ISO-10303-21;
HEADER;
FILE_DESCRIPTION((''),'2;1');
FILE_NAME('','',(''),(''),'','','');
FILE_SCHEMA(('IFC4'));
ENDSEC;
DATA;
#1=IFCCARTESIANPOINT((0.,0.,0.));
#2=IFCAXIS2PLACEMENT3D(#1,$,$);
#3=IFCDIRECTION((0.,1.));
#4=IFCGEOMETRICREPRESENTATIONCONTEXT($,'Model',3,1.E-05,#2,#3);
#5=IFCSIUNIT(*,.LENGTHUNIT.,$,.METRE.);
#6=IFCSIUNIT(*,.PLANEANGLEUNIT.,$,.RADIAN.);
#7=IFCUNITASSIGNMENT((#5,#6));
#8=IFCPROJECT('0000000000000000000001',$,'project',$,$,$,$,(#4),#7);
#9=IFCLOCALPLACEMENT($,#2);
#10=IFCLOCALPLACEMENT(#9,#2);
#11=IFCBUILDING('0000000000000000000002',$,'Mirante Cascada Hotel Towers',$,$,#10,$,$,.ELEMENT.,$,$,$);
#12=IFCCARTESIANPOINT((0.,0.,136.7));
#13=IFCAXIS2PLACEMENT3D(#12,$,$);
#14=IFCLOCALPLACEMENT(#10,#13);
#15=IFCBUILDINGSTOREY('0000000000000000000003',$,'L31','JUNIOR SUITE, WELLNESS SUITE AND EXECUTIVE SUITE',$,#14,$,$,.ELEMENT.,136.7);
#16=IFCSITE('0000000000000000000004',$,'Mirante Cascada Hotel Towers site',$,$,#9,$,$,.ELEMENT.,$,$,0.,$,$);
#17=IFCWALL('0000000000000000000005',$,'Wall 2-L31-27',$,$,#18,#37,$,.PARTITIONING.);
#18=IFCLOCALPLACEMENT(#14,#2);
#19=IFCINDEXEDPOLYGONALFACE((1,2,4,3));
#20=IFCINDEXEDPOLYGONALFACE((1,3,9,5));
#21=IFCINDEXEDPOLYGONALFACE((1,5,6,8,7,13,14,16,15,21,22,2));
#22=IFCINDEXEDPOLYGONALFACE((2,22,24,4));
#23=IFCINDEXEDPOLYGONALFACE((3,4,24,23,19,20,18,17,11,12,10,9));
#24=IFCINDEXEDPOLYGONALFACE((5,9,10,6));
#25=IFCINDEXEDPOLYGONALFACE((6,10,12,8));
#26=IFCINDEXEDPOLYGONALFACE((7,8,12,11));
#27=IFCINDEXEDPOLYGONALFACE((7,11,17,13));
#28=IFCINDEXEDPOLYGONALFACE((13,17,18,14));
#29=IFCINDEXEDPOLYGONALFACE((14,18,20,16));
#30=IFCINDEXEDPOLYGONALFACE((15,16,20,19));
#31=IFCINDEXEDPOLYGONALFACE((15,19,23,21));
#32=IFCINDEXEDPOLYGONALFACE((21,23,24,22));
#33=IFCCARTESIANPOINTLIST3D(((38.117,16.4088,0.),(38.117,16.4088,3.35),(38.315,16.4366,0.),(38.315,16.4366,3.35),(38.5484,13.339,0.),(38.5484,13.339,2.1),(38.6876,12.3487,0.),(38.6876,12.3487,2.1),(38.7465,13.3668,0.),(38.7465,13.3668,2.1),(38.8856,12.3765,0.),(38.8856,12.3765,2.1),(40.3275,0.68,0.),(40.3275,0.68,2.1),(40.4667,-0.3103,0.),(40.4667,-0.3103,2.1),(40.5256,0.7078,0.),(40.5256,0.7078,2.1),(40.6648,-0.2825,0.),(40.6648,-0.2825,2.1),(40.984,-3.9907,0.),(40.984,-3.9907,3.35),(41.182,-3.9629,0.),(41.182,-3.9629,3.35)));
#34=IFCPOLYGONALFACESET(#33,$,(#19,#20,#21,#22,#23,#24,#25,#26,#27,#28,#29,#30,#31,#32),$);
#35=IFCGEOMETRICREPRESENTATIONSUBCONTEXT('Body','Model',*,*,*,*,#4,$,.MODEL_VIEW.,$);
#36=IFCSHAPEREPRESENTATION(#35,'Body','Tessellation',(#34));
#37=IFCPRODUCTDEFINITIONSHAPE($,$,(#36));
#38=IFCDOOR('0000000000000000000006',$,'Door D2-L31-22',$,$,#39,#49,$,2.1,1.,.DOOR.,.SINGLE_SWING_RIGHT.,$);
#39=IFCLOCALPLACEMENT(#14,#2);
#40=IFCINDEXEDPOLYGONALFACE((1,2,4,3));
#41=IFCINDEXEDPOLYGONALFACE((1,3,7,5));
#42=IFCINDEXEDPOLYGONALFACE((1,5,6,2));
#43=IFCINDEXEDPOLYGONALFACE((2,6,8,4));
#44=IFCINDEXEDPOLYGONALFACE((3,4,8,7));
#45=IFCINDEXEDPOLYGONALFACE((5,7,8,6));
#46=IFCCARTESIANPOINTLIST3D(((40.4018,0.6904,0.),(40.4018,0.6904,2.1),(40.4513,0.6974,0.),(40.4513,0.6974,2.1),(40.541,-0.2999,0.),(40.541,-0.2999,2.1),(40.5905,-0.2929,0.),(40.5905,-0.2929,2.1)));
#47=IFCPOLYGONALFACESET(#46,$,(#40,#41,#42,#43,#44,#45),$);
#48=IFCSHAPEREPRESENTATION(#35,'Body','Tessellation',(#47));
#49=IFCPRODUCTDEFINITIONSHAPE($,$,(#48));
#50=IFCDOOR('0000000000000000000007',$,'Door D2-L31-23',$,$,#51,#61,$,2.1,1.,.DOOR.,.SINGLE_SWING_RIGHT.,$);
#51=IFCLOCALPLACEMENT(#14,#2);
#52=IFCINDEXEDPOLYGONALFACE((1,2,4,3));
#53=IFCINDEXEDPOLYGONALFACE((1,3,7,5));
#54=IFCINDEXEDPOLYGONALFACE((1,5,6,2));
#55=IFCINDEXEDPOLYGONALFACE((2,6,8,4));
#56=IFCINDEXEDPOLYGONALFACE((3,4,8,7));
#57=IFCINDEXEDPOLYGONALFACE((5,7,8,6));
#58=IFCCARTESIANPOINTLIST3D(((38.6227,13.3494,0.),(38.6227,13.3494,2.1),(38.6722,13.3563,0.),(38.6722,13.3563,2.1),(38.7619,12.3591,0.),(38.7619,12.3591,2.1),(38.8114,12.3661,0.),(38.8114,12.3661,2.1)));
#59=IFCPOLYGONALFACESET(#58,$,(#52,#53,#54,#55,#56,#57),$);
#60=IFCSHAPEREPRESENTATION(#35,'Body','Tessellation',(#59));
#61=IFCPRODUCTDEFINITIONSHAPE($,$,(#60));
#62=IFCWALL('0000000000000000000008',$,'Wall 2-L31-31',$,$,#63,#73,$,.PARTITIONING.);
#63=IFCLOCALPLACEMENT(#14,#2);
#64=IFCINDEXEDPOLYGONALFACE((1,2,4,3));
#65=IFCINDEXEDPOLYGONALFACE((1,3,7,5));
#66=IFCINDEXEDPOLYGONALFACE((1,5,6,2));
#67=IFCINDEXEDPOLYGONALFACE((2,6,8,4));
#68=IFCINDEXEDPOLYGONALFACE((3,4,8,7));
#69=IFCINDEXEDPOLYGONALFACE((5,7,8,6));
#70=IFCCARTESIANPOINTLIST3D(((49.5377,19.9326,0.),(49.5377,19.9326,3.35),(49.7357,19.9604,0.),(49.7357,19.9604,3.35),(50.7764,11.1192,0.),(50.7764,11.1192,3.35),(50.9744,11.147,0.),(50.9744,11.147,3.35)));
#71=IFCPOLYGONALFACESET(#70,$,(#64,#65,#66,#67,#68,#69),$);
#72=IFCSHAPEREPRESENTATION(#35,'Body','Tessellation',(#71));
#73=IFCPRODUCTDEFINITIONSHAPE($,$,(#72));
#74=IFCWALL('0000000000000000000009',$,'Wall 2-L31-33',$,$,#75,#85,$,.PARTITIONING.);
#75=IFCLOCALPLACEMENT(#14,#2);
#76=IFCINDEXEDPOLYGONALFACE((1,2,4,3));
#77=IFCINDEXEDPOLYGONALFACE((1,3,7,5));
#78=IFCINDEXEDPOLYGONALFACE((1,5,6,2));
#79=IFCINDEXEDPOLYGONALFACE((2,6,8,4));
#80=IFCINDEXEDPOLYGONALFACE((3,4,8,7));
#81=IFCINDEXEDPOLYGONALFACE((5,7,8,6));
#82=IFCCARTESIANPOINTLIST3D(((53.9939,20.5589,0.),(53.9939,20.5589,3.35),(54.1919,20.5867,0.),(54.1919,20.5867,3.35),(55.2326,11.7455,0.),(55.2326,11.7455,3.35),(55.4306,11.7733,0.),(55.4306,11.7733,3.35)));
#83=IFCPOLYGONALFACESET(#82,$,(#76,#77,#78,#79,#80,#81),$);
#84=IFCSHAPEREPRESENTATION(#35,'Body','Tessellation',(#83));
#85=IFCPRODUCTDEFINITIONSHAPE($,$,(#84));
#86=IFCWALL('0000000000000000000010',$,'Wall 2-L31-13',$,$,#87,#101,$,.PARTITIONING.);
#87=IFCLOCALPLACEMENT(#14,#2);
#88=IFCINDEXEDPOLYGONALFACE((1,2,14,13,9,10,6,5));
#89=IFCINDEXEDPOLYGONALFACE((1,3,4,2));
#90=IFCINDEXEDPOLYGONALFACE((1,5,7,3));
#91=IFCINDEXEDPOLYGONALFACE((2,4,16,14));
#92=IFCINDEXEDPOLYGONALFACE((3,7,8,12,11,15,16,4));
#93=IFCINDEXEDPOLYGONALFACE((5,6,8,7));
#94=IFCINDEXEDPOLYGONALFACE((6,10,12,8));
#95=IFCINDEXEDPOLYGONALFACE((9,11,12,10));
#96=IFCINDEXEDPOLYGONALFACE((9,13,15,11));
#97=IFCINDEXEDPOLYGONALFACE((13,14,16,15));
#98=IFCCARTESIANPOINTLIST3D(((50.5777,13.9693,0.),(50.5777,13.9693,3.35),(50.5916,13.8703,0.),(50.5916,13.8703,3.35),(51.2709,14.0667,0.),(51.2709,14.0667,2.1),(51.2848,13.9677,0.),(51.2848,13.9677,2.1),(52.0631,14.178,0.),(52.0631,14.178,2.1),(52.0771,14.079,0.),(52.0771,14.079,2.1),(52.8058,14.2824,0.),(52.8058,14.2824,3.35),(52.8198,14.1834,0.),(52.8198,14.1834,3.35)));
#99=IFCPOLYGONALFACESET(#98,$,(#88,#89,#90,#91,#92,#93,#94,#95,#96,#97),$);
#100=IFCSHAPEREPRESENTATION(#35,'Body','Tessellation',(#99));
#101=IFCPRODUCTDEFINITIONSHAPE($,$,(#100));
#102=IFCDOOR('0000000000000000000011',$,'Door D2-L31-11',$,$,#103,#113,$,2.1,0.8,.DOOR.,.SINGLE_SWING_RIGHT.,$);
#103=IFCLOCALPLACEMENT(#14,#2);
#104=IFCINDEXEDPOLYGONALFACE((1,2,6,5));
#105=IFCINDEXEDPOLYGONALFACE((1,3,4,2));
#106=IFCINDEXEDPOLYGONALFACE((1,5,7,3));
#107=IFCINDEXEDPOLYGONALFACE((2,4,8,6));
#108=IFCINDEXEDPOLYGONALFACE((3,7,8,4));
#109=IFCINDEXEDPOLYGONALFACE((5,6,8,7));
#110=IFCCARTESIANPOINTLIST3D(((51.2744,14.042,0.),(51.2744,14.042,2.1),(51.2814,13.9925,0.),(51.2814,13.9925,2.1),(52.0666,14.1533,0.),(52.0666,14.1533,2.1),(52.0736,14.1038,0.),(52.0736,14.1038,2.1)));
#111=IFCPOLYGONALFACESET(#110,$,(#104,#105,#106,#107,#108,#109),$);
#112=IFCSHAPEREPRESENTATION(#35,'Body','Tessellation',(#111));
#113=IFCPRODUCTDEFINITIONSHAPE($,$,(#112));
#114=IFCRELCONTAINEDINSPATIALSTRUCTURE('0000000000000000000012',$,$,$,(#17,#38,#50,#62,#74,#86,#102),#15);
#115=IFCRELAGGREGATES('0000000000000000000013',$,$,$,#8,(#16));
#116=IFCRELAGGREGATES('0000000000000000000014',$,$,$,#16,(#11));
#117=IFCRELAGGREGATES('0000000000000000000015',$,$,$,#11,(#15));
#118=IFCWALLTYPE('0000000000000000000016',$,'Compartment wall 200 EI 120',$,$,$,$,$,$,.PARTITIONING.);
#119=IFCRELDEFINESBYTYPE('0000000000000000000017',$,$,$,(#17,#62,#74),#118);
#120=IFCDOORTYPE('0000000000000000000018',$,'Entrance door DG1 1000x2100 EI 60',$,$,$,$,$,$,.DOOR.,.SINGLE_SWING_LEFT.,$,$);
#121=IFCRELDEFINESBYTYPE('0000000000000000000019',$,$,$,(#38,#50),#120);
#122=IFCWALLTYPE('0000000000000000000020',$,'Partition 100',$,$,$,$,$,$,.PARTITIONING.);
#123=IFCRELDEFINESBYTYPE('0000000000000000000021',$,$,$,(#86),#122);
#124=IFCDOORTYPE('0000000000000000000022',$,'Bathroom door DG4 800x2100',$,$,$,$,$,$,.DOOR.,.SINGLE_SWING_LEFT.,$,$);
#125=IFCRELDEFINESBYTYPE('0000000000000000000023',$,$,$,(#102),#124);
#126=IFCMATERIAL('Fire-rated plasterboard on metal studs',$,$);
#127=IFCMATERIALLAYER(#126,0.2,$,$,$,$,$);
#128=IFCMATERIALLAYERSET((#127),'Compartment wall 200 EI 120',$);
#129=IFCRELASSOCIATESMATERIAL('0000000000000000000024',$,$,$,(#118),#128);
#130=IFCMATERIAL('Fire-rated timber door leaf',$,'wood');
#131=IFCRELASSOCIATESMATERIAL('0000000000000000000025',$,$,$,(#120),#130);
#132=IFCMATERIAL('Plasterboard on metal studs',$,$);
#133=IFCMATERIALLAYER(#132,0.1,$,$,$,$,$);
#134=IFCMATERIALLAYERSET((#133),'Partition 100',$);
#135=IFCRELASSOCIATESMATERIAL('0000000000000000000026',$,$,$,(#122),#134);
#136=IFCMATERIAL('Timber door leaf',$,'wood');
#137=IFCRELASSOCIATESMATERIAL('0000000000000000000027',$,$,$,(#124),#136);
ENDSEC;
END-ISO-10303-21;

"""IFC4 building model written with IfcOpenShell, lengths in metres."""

from ifc_helpers import new_model, si_unit, direction, frame, frame_2d, origin, place, context, subcontext, project, spatial, rectangle, extrude, material, layer, layer_set, type_object, element, fill, save


model = new_model("IFC4")

# Units and contexts
model_context = context("Model", 3, precision=1e-05, world=origin(), true_north=direction((0.0, 1.0)))
body_context = subcontext(model_context, "Body", "Model", "MODEL_VIEW")
ifc_project = project(units=[si_unit("LENGTHUNIT", "METRE"), si_unit("PLANEANGLEUNIT", "RADIAN")], contexts=[model_context])

# Site, building, storey
site_placement = place(None, origin())
site = spatial("IfcSite", under=ifc_project, at=site_placement, Name="Mirante Cascada Hotel Towers site", CompositionType="ELEMENT", RefElevation=0.0)
building_placement = place(site_placement, origin())
building = spatial("IfcBuilding", under=site, at=building_placement, Name="Mirante Cascada Hotel Towers", CompositionType="ELEMENT")
storey_placement = place(building_placement, frame((0.0, 0.0, 136.7)))
storey = spatial("IfcBuildingStorey", under=building, at=storey_placement, Name="L31", Description="JUNIOR SUITE, WELLNESS SUITE AND EXECUTIVE SUITE", CompositionType="ELEMENT", Elevation=136.7)

# Shared definitions
ifc_material_1 = material(Name="Fire-rated plasterboard on metal studs")
ifc_layer_1 = layer(ifc_material_1, 0.2)
ifc_layer_set_1 = layer_set([ifc_layer_1], Name="Compartment wall 200 EI 120")
wall_type_1 = type_object("IfcWallType", Name="Compartment wall 200 EI 120", PredefinedType="PARTITIONING", material=ifc_layer_set_1)

# Wall, openings, doors
wall_1_placement = place(storey_placement, frame((38.216, 16.4227, 0.0), z_axis=(0.0, 0.0, 1.0), x_axis=(0.139175, -0.990268, 0.0)))
wall_1 = element("IfcWall", 1, at=wall_1_placement, inside=storey, type_object=wall_type_1, Name="Wall 2-L31-27", PredefinedType="PARTITIONING", context=body_context, shape_type="SweptSolid", body=[
    extrude(rectangle(XDim=20.6, YDim=0.2, at=frame_2d((10.3, 0.0))), origin(), (0.0, 0.0, 1.0), 3.35),
])
opening_1_placement = place(wall_1_placement, frame((15.8834, 0.0, 0.0)))
opening_1 = element("IfcOpeningElement", 2, at=opening_1_placement, cuts=wall_1, PredefinedType="OPENING", context=body_context, shape_type="SweptSolid", body=[
    extrude(rectangle(XDim=1.0, YDim=2.1, at=frame_2d((0.5, 1.05))), frame((0.0, 0.1, 0.0), z_axis=(0.0, -1.0, 0.0), x_axis=(1.0, 0.0, 0.0)), (0.0, 0.0, 1.0), 0.2),
])
opening_2_placement = place(wall_1_placement, frame((3.1, 0.0, 0.0)))
opening_2 = element("IfcOpeningElement", 3, at=opening_2_placement, cuts=wall_1, PredefinedType="OPENING", context=body_context, shape_type="SweptSolid", body=[
    extrude(rectangle(XDim=1.0, YDim=2.1, at=frame_2d((0.5, 1.05))), frame((0.0, 0.1, 0.0), z_axis=(0.0, -1.0, 0.0), x_axis=(1.0, 0.0, 0.0)), (0.0, 0.0, 1.0), 0.2),
])
ifc_material_2 = material(Name="Fire-rated timber door leaf", Category="wood")
door_type_1 = type_object("IfcDoorType", Name="Entrance door DG1 1000x2100 EI 60", OperationType="SINGLE_SWING_LEFT", PredefinedType="DOOR", material=ifc_material_2)
door_1_placement = place(opening_1_placement, frame((1.0, 0.0, 0.0), z_axis=(0.0, 0.0, 1.0), x_axis=(-1.0, 0.0, 0.0)))
door_1 = element("IfcDoor", 4, at=door_1_placement, inside=storey, type_object=door_type_1, Name="Door D2-L31-22", OperationType="SINGLE_SWING_RIGHT", OverallHeight=2.1, OverallWidth=1.0, PredefinedType="DOOR", context=body_context, shape_type="SweptSolid", body=[
    extrude(rectangle(XDim=1.0, YDim=2.1, at=frame_2d((0.5, 1.05))), frame((0.0, 0.025, 0.0), z_axis=(0.0, -1.0, 0.0), x_axis=(1.0, 0.0, 0.0)), (0.0, 0.0, 1.0), 0.05),
])
fill(opening_1, door_1)
door_2_placement = place(opening_2_placement, frame((1.0, 0.0, 0.0), z_axis=(0.0, 0.0, 1.0), x_axis=(-1.0, 0.0, 0.0)))
door_2 = element("IfcDoor", 5, at=door_2_placement, inside=storey, type_object=door_type_1, Name="Door D2-L31-23", OperationType="SINGLE_SWING_RIGHT", OverallHeight=2.1, OverallWidth=1.0, PredefinedType="DOOR", context=body_context, shape_type="SweptSolid", body=[
    extrude(rectangle(XDim=1.0, YDim=2.1, at=frame_2d((0.5, 1.05))), frame((0.0, 0.025, 0.0), z_axis=(0.0, -1.0, 0.0), x_axis=(1.0, 0.0, 0.0)), (0.0, 0.0, 1.0), 0.05),
])
fill(opening_2, door_2)

# Walls
for number, where, z_axis, x_axis, name in (
    (6, (49.6367, 19.9465, 0.0), (0.0, 0.0, 1.0), (0.139179, -0.990267, 0.0), "Wall 2-L31-31"),
    (7, (54.0929, 20.5728, 0.0), (0.0, 0.0, 1.0), (0.139179, -0.990267, 0.0), "Wall 2-L31-33"),
):
    element("IfcWall", number, at=place(storey_placement, frame(where, z_axis=z_axis, x_axis=x_axis)), inside=storey, type_object=wall_type_1, Name=name, PredefinedType="PARTITIONING", context=body_context, shape_type="SweptSolid", body=[
        extrude(rectangle(XDim=8.9, YDim=0.2, at=frame_2d((4.45, 0.0))), origin(), (0.0, 0.0, 1.0), 3.35),
    ])

# Wall, opening, door
ifc_material_3 = material(Name="Plasterboard on metal studs")
ifc_layer_2 = layer(ifc_material_3, 0.1)
ifc_layer_set_2 = layer_set([ifc_layer_2], Name="Partition 100")
wall_type_2 = type_object("IfcWallType", Name="Partition 100", PredefinedType="PARTITIONING", material=ifc_layer_set_2)
wall_2_placement = place(storey_placement, frame((52.8128, 14.2329, 0.0), z_axis=(0.0, 0.0, 1.0), x_axis=(-0.990271, -0.139156, 0.0)))
wall_2 = element("IfcWall", 8, at=wall_2_placement, inside=storey, type_object=wall_type_2, Name="Wall 2-L31-13", PredefinedType="PARTITIONING", context=body_context, shape_type="SweptSolid", body=[
    extrude(rectangle(XDim=2.25, YDim=0.1, at=frame_2d((1.125, 0.0))), origin(), (0.0, 0.0, 1.0), 3.35),
])
opening_3_placement = place(wall_2_placement, frame((0.75, 0.0, 0.0)))
opening_3 = element("IfcOpeningElement", 9, at=opening_3_placement, cuts=wall_2, PredefinedType="OPENING", context=body_context, shape_type="SweptSolid", body=[
    extrude(rectangle(XDim=0.8, YDim=2.1, at=frame_2d((0.4, 1.05))), frame((0.0, 0.05, 0.0), z_axis=(0.0, -1.0, 0.0), x_axis=(1.0, 0.0, 0.0)), (0.0, 0.0, 1.0), 0.1),
])
ifc_material_4 = material(Name="Timber door leaf", Category="wood")
door_type_2 = type_object("IfcDoorType", Name="Bathroom door DG4 800x2100", OperationType="SINGLE_SWING_LEFT", PredefinedType="DOOR", material=ifc_material_4)
door_3_placement = place(opening_3_placement, frame((0.8, 0.0, 0.0), z_axis=(0.0, 0.0, 1.0), x_axis=(-1.0, 0.0, 0.0)))
door_3 = element("IfcDoor", 10, at=door_3_placement, inside=storey, type_object=door_type_2, Name="Door D2-L31-11", OperationType="SINGLE_SWING_RIGHT", OverallHeight=2.1, OverallWidth=0.8, PredefinedType="DOOR", context=body_context, shape_type="SweptSolid", body=[
    extrude(rectangle(XDim=0.8, YDim=2.1, at=frame_2d((0.4, 1.05))), frame((0.0, 0.025, 0.0), z_axis=(0.0, -1.0, 0.0), x_axis=(1.0, 0.0, 0.0)), (0.0, 0.0, 1.0), 0.05),
])
fill(opening_3, door_3)

save(model, "model.ifc")
